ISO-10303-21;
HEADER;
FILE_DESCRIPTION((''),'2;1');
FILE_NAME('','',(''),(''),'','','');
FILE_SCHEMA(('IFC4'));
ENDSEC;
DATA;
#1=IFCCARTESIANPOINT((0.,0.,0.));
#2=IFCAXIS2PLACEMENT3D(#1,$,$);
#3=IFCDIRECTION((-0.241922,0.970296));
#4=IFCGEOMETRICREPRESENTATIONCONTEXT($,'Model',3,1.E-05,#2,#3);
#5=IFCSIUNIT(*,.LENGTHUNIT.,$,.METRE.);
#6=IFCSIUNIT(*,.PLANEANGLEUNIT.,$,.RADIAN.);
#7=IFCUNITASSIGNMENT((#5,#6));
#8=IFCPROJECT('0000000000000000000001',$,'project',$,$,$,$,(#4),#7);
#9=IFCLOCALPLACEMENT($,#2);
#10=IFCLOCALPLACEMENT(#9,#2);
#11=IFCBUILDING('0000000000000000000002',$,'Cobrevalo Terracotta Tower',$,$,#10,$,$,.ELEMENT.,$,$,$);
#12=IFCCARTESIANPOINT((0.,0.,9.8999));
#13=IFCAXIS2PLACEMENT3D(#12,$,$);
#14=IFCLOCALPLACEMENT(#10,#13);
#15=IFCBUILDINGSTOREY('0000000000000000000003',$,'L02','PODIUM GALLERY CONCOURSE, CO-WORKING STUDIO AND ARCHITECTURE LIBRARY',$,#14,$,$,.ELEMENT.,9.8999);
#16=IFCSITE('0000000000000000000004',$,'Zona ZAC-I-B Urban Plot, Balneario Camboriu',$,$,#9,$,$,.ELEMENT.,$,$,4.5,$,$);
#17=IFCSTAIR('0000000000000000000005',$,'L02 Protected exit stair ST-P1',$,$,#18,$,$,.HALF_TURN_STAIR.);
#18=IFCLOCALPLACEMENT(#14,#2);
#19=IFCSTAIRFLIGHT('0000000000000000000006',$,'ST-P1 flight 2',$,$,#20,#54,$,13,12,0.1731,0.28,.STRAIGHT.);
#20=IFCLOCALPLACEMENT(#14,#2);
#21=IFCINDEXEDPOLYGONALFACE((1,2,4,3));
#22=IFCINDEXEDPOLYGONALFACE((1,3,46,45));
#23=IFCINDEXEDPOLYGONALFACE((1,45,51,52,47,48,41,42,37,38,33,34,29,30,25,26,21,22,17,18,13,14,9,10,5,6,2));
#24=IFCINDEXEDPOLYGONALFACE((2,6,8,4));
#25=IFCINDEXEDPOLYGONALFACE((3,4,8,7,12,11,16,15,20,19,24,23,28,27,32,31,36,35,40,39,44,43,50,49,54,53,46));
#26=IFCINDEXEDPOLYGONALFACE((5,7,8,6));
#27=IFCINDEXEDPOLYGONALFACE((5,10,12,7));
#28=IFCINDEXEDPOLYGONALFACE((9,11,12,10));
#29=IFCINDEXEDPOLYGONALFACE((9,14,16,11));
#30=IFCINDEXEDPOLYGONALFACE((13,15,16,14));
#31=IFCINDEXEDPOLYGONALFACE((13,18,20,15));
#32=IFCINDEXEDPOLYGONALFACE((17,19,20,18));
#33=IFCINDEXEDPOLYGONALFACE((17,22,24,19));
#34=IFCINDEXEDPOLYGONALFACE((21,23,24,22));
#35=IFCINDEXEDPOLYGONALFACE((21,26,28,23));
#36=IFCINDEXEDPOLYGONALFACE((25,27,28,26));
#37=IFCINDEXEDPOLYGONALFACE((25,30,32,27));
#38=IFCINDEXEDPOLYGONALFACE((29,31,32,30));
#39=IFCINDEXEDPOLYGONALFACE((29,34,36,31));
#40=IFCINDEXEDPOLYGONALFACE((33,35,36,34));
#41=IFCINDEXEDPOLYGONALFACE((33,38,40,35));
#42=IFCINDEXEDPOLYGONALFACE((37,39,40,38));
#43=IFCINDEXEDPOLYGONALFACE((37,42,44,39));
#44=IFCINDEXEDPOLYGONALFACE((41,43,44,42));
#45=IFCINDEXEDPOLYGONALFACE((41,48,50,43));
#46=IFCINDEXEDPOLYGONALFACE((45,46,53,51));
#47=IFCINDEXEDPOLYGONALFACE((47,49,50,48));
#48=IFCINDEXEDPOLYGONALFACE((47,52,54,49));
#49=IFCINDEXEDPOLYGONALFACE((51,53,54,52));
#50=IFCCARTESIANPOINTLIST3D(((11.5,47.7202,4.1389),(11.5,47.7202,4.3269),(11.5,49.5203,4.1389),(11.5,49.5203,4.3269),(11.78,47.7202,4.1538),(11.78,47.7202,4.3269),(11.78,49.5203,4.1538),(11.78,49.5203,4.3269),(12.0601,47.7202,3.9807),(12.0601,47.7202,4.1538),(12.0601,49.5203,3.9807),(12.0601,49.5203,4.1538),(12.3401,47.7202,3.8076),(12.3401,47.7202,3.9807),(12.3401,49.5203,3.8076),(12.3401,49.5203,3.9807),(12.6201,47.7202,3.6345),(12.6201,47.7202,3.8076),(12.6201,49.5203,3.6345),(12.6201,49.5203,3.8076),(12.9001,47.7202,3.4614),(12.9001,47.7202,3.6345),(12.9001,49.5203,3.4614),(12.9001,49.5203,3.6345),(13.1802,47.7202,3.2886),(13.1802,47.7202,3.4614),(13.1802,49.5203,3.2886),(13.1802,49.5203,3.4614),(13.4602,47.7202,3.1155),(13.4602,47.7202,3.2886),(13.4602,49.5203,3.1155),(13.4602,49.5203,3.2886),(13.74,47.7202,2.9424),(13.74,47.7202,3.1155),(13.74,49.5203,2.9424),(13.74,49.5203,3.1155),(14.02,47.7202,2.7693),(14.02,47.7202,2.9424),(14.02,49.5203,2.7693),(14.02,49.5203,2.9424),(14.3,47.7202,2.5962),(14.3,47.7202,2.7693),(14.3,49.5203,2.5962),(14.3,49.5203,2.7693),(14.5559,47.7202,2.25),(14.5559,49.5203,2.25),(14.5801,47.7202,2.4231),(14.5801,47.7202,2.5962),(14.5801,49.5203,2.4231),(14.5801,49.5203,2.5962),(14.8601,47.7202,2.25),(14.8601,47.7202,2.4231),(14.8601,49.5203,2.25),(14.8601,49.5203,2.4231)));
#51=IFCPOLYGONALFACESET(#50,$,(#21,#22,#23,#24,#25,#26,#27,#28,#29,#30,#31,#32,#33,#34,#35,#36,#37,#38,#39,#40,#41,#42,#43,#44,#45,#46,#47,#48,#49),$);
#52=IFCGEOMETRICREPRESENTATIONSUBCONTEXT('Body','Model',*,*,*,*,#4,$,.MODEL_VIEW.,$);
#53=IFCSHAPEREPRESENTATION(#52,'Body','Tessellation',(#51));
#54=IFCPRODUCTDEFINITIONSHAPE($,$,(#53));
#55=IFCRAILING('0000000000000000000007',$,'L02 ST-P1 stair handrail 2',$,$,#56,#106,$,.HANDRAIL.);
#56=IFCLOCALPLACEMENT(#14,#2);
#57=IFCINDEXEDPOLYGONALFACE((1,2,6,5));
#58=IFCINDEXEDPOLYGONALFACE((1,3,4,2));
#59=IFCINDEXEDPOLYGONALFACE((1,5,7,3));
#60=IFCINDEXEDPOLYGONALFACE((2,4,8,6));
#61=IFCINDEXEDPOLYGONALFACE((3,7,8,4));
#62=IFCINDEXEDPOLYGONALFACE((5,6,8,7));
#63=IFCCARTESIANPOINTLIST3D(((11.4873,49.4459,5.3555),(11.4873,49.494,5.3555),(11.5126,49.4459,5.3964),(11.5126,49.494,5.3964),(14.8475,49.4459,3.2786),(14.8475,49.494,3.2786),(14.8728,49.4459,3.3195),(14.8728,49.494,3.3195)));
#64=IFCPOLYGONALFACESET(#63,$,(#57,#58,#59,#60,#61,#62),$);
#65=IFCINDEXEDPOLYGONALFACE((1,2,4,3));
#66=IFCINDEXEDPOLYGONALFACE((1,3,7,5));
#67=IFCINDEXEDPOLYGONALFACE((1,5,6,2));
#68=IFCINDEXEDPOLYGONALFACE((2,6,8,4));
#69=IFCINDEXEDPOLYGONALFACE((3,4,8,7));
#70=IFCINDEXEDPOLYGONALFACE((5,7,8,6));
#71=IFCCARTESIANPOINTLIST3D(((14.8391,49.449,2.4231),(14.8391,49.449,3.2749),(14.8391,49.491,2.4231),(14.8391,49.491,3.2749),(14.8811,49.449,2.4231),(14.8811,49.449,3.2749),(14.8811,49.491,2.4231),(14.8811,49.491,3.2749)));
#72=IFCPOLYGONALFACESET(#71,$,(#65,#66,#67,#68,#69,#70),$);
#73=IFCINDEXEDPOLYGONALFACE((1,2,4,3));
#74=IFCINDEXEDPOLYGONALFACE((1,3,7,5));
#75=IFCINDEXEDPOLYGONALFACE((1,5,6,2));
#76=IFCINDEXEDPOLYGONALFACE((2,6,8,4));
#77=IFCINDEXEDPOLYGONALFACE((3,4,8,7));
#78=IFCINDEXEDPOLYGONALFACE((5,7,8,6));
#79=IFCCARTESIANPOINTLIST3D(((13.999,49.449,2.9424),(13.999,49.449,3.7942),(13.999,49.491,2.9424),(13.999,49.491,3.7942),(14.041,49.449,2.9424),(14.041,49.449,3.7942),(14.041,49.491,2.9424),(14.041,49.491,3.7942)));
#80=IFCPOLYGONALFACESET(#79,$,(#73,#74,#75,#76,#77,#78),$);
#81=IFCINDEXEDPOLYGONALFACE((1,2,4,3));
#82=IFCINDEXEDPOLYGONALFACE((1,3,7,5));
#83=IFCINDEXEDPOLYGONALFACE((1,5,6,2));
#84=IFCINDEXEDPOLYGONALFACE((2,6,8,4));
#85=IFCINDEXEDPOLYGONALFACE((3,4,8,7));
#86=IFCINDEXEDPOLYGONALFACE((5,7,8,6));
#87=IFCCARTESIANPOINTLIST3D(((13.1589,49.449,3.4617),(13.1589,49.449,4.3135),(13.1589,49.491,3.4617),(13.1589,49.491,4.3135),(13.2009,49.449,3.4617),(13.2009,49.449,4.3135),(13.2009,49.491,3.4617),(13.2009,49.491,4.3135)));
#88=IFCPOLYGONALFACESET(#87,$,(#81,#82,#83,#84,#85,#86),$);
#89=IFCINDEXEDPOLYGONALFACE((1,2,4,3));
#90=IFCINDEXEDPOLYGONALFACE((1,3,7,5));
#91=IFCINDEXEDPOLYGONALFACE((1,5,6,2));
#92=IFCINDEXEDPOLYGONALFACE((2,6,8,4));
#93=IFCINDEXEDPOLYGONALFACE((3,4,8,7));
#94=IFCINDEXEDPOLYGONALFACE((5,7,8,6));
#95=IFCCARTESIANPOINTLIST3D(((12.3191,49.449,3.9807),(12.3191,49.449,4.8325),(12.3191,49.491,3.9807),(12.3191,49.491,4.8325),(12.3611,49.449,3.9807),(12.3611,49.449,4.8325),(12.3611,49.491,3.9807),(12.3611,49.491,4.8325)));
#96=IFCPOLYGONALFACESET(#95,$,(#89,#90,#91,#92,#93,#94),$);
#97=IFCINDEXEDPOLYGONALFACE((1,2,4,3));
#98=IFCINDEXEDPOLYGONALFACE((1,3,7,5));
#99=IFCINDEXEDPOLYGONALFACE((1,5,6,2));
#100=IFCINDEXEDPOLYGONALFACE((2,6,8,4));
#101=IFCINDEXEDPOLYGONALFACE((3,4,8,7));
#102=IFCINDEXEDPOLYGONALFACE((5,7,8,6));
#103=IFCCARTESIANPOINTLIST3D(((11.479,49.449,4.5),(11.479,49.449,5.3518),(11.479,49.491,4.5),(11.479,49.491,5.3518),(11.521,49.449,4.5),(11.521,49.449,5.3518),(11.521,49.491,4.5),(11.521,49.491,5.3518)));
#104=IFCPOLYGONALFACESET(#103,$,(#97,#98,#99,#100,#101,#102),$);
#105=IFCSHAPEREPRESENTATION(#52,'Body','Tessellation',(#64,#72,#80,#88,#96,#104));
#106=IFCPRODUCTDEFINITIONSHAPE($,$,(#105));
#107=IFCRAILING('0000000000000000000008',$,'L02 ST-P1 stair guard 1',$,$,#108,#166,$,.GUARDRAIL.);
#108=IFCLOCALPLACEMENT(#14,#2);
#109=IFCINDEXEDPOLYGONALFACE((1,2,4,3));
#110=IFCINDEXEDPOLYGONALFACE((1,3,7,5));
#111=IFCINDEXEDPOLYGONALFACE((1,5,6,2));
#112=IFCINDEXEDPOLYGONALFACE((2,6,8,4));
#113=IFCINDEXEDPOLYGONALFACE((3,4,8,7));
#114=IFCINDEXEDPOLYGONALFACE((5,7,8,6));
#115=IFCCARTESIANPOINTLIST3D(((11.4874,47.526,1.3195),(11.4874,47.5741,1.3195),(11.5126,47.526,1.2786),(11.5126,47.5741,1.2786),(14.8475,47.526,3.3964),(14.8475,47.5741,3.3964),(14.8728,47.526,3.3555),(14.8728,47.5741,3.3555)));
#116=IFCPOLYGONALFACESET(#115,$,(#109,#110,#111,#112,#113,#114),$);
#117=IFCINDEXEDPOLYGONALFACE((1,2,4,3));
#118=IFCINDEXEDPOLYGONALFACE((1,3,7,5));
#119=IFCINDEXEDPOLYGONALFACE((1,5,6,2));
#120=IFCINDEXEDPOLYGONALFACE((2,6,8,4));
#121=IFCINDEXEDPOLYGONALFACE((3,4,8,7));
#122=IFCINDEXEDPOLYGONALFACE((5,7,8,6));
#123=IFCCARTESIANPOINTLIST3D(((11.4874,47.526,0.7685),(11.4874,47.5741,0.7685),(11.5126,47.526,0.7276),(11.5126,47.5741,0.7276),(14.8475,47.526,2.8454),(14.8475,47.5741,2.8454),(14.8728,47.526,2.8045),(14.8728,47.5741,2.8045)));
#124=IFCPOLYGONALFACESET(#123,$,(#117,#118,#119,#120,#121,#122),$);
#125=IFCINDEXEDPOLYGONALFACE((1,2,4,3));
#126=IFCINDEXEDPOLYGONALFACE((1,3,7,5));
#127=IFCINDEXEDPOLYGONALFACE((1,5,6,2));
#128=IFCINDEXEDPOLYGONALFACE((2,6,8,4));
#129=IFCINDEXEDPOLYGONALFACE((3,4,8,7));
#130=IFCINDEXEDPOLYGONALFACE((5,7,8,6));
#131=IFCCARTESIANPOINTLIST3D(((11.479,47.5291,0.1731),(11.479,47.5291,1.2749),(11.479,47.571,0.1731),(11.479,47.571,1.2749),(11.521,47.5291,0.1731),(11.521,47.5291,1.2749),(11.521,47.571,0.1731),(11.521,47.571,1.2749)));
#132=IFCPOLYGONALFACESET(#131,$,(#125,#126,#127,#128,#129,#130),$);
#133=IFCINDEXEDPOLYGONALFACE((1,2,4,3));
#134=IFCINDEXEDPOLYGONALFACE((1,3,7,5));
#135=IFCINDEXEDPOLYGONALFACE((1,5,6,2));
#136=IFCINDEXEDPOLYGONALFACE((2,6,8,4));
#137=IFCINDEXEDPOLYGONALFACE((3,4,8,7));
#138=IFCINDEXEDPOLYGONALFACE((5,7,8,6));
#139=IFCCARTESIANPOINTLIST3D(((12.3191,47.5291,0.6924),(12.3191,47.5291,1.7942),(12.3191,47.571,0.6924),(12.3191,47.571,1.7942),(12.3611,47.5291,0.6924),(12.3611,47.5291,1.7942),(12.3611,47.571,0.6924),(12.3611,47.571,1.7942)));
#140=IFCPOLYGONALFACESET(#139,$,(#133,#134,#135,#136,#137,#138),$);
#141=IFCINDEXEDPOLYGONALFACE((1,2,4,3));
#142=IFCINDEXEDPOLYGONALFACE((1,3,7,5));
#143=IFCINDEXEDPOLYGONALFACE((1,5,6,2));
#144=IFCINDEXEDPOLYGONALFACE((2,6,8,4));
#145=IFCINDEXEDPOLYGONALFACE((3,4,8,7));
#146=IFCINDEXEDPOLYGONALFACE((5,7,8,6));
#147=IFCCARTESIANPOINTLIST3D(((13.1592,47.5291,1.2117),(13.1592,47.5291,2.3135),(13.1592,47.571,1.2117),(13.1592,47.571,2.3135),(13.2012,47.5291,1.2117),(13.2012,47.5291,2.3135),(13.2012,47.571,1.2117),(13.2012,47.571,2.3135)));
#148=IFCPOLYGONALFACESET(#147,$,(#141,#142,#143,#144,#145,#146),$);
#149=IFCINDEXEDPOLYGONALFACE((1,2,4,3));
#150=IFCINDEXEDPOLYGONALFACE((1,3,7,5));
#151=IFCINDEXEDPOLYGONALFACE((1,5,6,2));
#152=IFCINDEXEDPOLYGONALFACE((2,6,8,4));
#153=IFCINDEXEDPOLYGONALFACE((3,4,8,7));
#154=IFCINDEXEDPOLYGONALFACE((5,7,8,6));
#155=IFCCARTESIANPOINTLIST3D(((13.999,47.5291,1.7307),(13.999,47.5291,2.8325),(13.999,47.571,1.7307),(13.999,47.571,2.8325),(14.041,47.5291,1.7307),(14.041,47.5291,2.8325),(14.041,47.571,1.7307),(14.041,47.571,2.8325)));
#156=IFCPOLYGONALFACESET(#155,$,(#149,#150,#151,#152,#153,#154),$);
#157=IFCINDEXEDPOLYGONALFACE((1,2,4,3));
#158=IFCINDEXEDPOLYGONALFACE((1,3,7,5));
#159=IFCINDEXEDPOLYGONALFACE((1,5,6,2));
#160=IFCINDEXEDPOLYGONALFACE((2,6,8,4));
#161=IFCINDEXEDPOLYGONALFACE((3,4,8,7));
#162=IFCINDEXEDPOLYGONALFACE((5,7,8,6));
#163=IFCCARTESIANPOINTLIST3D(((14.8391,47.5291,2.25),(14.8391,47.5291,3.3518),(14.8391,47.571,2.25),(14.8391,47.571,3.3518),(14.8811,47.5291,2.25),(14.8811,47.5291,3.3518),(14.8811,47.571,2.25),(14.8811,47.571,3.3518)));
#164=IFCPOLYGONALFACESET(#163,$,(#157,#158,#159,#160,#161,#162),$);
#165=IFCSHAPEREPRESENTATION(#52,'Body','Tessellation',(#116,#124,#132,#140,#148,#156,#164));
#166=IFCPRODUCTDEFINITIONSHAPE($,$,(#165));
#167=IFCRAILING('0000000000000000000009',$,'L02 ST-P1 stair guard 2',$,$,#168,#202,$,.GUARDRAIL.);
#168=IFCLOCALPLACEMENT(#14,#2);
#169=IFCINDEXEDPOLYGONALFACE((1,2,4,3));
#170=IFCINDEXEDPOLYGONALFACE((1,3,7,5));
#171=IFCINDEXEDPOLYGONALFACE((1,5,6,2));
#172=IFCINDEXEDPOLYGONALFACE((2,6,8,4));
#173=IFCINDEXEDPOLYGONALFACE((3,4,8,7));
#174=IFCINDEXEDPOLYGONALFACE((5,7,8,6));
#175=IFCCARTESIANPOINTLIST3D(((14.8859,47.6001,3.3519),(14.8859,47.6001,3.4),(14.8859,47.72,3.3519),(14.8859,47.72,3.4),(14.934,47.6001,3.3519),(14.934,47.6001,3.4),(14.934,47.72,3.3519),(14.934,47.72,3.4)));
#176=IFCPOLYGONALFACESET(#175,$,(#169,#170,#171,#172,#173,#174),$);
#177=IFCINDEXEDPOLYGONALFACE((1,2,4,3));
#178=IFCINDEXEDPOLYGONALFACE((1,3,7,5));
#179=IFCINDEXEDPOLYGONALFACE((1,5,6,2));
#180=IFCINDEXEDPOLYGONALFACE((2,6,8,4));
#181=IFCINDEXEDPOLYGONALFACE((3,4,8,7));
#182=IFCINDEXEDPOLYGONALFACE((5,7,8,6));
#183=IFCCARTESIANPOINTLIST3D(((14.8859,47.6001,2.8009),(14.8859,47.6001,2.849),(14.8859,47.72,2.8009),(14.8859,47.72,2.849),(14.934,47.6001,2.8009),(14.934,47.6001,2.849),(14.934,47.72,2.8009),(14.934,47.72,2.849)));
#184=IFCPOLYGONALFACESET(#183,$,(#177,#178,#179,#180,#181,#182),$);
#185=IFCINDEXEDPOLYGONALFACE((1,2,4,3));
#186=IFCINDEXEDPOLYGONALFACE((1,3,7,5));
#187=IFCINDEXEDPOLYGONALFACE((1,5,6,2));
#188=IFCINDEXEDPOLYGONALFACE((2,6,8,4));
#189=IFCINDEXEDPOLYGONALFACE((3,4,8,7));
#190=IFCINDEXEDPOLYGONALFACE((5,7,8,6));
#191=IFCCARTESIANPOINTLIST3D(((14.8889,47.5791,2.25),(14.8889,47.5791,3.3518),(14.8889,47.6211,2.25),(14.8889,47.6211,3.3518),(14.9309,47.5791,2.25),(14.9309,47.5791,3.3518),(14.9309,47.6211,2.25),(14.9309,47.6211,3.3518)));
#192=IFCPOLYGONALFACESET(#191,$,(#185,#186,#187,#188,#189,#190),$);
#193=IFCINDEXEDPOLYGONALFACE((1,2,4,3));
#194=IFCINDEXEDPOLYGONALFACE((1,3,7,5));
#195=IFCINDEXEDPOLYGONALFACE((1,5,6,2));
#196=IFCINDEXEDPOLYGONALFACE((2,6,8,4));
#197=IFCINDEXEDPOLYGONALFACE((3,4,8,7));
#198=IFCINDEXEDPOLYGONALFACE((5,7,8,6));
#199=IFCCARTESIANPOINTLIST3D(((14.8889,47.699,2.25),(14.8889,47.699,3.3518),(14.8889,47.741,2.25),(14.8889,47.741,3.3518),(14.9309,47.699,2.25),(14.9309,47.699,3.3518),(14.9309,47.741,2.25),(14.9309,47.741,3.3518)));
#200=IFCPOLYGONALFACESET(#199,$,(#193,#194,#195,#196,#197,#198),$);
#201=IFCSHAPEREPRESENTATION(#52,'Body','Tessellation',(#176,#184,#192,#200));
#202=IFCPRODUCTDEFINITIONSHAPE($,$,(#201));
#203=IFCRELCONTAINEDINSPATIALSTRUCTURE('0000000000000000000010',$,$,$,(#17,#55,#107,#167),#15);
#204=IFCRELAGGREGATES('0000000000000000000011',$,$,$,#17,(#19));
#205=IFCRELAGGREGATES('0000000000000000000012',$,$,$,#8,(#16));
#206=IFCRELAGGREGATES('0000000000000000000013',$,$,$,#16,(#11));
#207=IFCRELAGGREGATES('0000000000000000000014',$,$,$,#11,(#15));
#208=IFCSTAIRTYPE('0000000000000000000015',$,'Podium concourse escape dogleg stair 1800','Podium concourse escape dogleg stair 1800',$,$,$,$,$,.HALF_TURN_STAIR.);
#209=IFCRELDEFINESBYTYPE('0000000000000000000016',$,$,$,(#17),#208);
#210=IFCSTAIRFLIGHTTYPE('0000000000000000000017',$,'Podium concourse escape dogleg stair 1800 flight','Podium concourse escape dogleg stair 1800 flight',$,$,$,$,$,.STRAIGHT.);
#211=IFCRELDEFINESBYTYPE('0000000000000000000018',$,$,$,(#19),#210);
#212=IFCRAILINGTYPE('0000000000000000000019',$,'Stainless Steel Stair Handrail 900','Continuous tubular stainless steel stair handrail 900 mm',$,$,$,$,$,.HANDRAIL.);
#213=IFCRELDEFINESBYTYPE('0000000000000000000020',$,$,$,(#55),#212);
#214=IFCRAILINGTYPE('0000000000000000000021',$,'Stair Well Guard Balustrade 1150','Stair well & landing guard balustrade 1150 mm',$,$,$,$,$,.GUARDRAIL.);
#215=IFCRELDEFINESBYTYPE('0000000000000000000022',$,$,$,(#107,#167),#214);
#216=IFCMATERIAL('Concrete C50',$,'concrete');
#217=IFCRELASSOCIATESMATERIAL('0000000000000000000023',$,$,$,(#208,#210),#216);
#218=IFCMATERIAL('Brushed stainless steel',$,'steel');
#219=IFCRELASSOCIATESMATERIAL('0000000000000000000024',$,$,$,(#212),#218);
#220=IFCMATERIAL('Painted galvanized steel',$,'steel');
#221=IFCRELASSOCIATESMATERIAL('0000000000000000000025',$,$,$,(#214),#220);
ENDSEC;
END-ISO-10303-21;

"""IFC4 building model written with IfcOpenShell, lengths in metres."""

from ifc_helpers import new_model, si_unit, direction, frame, origin, origin_2d, place, context, subcontext, project, spatial, polyline, rectangle, outline, extrude, material, type_object, element, aggregate, save


model = new_model("IFC4")

# Units and contexts
model_context = context("Model", 3, precision=1e-05, world=origin(), true_north=direction((-0.241922, 0.970296)))
body_context = subcontext(model_context, "Body", "Model", "MODEL_VIEW")
ifc_project = project(units=[si_unit("LENGTHUNIT", "METRE"), si_unit("PLANEANGLEUNIT", "RADIAN")], contexts=[model_context])

# Site, building, storey
site_placement = place(None, origin())
site = spatial("IfcSite", under=ifc_project, at=site_placement, Name="Zona ZAC-I-B Urban Plot, Balneario Camboriu", CompositionType="ELEMENT", RefElevation=4.5)
building_placement = place(site_placement, origin())
building = spatial("IfcBuilding", under=site, at=building_placement, Name="Cobrevalo Terracotta Tower", CompositionType="ELEMENT")
storey_placement = place(building_placement, frame((0.0, 0.0, 9.8999)))
storey = spatial("IfcBuildingStorey", under=building, at=storey_placement, Name="L02", Description="PODIUM GALLERY CONCOURSE, CO-WORKING STUDIO AND ARCHITECTURE LIBRARY", CompositionType="ELEMENT", Elevation=9.8999)

# Shared definitions
ifc_material_1 = material(Name="Concrete C50", Category="concrete")

# Stair, stair flight
stair_type = type_object("IfcStairType", Name="Podium concourse escape dogleg stair 1800", Description="Podium concourse escape dogleg stair 1800", PredefinedType="HALF_TURN_STAIR", material=ifc_material_1)
stair_placement = place(storey_placement, origin())
stair = element("IfcStair", 1, at=stair_placement, inside=storey, type_object=stair_type, Name="L02 Protected exit stair ST-P1", PredefinedType="HALF_TURN_STAIR")
stair_flight_type = type_object("IfcStairFlightType", Name="Podium concourse escape dogleg stair 1800 flight", Description="Podium concourse escape dogleg stair 1800 flight", PredefinedType="STRAIGHT", material=ifc_material_1)
stair_flight_1_placement = place(storey_placement, frame((14.8601, 48.6201, 2.25), z_axis=(0.0, 0.0, 1.0), x_axis=(-1.0, 0.0, 0.0)))
stair_flight_1 = element("IfcStairFlight", 2, at=stair_flight_1_placement, type_object=stair_flight_type, Name="ST-P1 flight 2", NumberOfRisers=13, NumberOfTreads=12, PredefinedType="STRAIGHT", RiserHeight=0.1731, TreadLength=0.28, context=body_context, shape_type="SweptSolid", body=[
    extrude(outline(polyline([(0.0, 0.0), (0.0, 0.1731), (0.28, 0.1731), (0.28, 0.3462), (0.5601, 0.3462), (0.5601, 0.5193), (0.8401, 0.5193), (0.8401, 0.6924), (1.1201, 0.6924), (1.1201, 0.8655), (1.3999, 0.8655), (1.3999, 1.0386), (1.6799, 1.0386), (1.6799, 1.2114), (1.96, 1.2114), (1.96, 1.3845), (2.24, 1.3845), (2.24, 1.5576), (2.52, 1.5576), (2.52, 1.7307), (2.8, 1.7307), (2.8, 1.9038), (3.0801, 1.9038), (3.0801, 2.0769), (3.3601, 2.0769), (3.3601, 2.25), (3.3601, 1.8889), (0.3042, 0.0), (0.0, 0.0)])), frame((0.0, 0.8999, 0.0), z_axis=(0.0, -1.0, 0.0), x_axis=(1.0, 0.0, 0.0)), (0.0, 0.0, 1.0), 1.8),
])
aggregate(stair, [stair_flight_1])

# Railings
ifc_material_2 = material(Name="Brushed stainless steel", Category="steel")
railing_type_1 = type_object("IfcRailingType", Name="Stainless Steel Stair Handrail 900", Description="Continuous tubular stainless steel stair handrail 900 mm", PredefinedType="HANDRAIL", material=ifc_material_2)
railing_1_placement = place(storey_placement, frame((14.8601, 49.47, 2.4231)))
element("IfcRailing", 3, at=railing_1_placement, inside=storey, type_object=railing_type_1, Name="L02 ST-P1 stair handrail 2", PredefinedType="HANDRAIL", context=body_context, shape_type="SweptSolid", body=[
    extrude(rectangle(XDim=0.0481, YDim=0.0481, at=origin_2d()), frame((0.0, 0.0, 0.876), z_axis=(-0.850623, 0.0, 0.525776), x_axis=(0.0, -1.0, 0.0)), (0.0, 0.0, 1.0), 3.9502),
    extrude(rectangle(XDim=0.042, YDim=0.042, at=origin_2d()), origin(), (0.0, 0.0, 1.0), 0.8518),
    extrude(rectangle(XDim=0.042, YDim=0.042, at=origin_2d()), frame((-0.8401, 0.0, 0.5193)), (0.0, 0.0, 1.0), 0.8518),
    extrude(rectangle(XDim=0.042, YDim=0.042, at=origin_2d()), frame((-1.6802, 0.0, 1.0386)), (0.0, 0.0, 1.0), 0.8518),
    extrude(rectangle(XDim=0.042, YDim=0.042, at=origin_2d()), frame((-2.52, 0.0, 1.5576)), (0.0, 0.0, 1.0), 0.8518),
    extrude(rectangle(XDim=0.042, YDim=0.042, at=origin_2d()), frame((-3.3601, 0.0, 2.0769)), (0.0, 0.0, 1.0), 0.8518),
])
ifc_material_3 = material(Name="Painted galvanized steel", Category="steel")
railing_type_2 = type_object("IfcRailingType", Name="Stair Well Guard Balustrade 1150", Description="Stair well & landing guard balustrade 1150 mm", PredefinedType="GUARDRAIL", material=ifc_material_3)
railing_2_placement = place(storey_placement, frame((11.5, 47.55, 0.1731)))
element("IfcRailing", 4, at=railing_2_placement, inside=storey, type_object=railing_type_2, Name="L02 ST-P1 stair guard 1", PredefinedType="GUARDRAIL", context=body_context, shape_type="SweptSolid", body=[
    extrude(rectangle(XDim=0.0481, YDim=0.0481, at=origin_2d()), frame((0.0, 0.0, 1.126), z_axis=(0.850623, 0.0, 0.525776), x_axis=(0.0, 1.0, 0.0)), (0.0, 0.0, 1.0), 3.9502),
    extrude(rectangle(XDim=0.0481, YDim=0.0481, at=origin_2d()), frame((0.0, 0.0, 0.575), z_axis=(0.850623, 0.0, 0.525776), x_axis=(0.0, 1.0, 0.0)), (0.0, 0.0, 1.0), 3.9502),
    extrude(rectangle(XDim=0.042, YDim=0.042, at=origin_2d()), origin(), (0.0, 0.0, 1.0), 1.1018),
    extrude(rectangle(XDim=0.042, YDim=0.042, at=origin_2d()), frame((0.8401, 0.0, 0.5193)), (0.0, 0.0, 1.0), 1.1018),
    extrude(rectangle(XDim=0.042, YDim=0.042, at=origin_2d()), frame((1.6802, 0.0, 1.0386)), (0.0, 0.0, 1.0), 1.1018),
    extrude(rectangle(XDim=0.042, YDim=0.042, at=origin_2d()), frame((2.52, 0.0, 1.5576)), (0.0, 0.0, 1.0), 1.1018),
    extrude(rectangle(XDim=0.042, YDim=0.042, at=origin_2d()), frame((3.3601, 0.0, 2.0769)), (0.0, 0.0, 1.0), 1.1018),
])
railing_3_placement = place(storey_placement, frame((14.9099, 47.6001, 2.25)))
element("IfcRailing", 5, at=railing_3_placement, inside=storey, type_object=railing_type_2, Name="L02 ST-P1 stair guard 2", PredefinedType="GUARDRAIL", context=body_context, shape_type="SweptSolid", body=[
    extrude(rectangle(XDim=0.0481, YDim=0.0481, at=origin_2d()), frame((0.0, 0.0, 1.126), z_axis=(0.0, 1.0, 0.0), x_axis=(-1.0, 0.0, 0.0)), (0.0, 0.0, 1.0), 0.1199),
    extrude(rectangle(XDim=0.0481, YDim=0.0481, at=origin_2d()), frame((0.0, 0.0, 0.575), z_axis=(0.0, 1.0, 0.0), x_axis=(-1.0, 0.0, 0.0)), (0.0, 0.0, 1.0), 0.1199),
    extrude(rectangle(XDim=0.042, YDim=0.042, at=origin_2d()), origin(), (0.0, 0.0, 1.0), 1.1018),
    extrude(rectangle(XDim=0.042, YDim=0.042, at=origin_2d()), frame((0.0, 0.1199, 0.0)), (0.0, 0.0, 1.0), 1.1018),
])

save(model, "model.ifc")
